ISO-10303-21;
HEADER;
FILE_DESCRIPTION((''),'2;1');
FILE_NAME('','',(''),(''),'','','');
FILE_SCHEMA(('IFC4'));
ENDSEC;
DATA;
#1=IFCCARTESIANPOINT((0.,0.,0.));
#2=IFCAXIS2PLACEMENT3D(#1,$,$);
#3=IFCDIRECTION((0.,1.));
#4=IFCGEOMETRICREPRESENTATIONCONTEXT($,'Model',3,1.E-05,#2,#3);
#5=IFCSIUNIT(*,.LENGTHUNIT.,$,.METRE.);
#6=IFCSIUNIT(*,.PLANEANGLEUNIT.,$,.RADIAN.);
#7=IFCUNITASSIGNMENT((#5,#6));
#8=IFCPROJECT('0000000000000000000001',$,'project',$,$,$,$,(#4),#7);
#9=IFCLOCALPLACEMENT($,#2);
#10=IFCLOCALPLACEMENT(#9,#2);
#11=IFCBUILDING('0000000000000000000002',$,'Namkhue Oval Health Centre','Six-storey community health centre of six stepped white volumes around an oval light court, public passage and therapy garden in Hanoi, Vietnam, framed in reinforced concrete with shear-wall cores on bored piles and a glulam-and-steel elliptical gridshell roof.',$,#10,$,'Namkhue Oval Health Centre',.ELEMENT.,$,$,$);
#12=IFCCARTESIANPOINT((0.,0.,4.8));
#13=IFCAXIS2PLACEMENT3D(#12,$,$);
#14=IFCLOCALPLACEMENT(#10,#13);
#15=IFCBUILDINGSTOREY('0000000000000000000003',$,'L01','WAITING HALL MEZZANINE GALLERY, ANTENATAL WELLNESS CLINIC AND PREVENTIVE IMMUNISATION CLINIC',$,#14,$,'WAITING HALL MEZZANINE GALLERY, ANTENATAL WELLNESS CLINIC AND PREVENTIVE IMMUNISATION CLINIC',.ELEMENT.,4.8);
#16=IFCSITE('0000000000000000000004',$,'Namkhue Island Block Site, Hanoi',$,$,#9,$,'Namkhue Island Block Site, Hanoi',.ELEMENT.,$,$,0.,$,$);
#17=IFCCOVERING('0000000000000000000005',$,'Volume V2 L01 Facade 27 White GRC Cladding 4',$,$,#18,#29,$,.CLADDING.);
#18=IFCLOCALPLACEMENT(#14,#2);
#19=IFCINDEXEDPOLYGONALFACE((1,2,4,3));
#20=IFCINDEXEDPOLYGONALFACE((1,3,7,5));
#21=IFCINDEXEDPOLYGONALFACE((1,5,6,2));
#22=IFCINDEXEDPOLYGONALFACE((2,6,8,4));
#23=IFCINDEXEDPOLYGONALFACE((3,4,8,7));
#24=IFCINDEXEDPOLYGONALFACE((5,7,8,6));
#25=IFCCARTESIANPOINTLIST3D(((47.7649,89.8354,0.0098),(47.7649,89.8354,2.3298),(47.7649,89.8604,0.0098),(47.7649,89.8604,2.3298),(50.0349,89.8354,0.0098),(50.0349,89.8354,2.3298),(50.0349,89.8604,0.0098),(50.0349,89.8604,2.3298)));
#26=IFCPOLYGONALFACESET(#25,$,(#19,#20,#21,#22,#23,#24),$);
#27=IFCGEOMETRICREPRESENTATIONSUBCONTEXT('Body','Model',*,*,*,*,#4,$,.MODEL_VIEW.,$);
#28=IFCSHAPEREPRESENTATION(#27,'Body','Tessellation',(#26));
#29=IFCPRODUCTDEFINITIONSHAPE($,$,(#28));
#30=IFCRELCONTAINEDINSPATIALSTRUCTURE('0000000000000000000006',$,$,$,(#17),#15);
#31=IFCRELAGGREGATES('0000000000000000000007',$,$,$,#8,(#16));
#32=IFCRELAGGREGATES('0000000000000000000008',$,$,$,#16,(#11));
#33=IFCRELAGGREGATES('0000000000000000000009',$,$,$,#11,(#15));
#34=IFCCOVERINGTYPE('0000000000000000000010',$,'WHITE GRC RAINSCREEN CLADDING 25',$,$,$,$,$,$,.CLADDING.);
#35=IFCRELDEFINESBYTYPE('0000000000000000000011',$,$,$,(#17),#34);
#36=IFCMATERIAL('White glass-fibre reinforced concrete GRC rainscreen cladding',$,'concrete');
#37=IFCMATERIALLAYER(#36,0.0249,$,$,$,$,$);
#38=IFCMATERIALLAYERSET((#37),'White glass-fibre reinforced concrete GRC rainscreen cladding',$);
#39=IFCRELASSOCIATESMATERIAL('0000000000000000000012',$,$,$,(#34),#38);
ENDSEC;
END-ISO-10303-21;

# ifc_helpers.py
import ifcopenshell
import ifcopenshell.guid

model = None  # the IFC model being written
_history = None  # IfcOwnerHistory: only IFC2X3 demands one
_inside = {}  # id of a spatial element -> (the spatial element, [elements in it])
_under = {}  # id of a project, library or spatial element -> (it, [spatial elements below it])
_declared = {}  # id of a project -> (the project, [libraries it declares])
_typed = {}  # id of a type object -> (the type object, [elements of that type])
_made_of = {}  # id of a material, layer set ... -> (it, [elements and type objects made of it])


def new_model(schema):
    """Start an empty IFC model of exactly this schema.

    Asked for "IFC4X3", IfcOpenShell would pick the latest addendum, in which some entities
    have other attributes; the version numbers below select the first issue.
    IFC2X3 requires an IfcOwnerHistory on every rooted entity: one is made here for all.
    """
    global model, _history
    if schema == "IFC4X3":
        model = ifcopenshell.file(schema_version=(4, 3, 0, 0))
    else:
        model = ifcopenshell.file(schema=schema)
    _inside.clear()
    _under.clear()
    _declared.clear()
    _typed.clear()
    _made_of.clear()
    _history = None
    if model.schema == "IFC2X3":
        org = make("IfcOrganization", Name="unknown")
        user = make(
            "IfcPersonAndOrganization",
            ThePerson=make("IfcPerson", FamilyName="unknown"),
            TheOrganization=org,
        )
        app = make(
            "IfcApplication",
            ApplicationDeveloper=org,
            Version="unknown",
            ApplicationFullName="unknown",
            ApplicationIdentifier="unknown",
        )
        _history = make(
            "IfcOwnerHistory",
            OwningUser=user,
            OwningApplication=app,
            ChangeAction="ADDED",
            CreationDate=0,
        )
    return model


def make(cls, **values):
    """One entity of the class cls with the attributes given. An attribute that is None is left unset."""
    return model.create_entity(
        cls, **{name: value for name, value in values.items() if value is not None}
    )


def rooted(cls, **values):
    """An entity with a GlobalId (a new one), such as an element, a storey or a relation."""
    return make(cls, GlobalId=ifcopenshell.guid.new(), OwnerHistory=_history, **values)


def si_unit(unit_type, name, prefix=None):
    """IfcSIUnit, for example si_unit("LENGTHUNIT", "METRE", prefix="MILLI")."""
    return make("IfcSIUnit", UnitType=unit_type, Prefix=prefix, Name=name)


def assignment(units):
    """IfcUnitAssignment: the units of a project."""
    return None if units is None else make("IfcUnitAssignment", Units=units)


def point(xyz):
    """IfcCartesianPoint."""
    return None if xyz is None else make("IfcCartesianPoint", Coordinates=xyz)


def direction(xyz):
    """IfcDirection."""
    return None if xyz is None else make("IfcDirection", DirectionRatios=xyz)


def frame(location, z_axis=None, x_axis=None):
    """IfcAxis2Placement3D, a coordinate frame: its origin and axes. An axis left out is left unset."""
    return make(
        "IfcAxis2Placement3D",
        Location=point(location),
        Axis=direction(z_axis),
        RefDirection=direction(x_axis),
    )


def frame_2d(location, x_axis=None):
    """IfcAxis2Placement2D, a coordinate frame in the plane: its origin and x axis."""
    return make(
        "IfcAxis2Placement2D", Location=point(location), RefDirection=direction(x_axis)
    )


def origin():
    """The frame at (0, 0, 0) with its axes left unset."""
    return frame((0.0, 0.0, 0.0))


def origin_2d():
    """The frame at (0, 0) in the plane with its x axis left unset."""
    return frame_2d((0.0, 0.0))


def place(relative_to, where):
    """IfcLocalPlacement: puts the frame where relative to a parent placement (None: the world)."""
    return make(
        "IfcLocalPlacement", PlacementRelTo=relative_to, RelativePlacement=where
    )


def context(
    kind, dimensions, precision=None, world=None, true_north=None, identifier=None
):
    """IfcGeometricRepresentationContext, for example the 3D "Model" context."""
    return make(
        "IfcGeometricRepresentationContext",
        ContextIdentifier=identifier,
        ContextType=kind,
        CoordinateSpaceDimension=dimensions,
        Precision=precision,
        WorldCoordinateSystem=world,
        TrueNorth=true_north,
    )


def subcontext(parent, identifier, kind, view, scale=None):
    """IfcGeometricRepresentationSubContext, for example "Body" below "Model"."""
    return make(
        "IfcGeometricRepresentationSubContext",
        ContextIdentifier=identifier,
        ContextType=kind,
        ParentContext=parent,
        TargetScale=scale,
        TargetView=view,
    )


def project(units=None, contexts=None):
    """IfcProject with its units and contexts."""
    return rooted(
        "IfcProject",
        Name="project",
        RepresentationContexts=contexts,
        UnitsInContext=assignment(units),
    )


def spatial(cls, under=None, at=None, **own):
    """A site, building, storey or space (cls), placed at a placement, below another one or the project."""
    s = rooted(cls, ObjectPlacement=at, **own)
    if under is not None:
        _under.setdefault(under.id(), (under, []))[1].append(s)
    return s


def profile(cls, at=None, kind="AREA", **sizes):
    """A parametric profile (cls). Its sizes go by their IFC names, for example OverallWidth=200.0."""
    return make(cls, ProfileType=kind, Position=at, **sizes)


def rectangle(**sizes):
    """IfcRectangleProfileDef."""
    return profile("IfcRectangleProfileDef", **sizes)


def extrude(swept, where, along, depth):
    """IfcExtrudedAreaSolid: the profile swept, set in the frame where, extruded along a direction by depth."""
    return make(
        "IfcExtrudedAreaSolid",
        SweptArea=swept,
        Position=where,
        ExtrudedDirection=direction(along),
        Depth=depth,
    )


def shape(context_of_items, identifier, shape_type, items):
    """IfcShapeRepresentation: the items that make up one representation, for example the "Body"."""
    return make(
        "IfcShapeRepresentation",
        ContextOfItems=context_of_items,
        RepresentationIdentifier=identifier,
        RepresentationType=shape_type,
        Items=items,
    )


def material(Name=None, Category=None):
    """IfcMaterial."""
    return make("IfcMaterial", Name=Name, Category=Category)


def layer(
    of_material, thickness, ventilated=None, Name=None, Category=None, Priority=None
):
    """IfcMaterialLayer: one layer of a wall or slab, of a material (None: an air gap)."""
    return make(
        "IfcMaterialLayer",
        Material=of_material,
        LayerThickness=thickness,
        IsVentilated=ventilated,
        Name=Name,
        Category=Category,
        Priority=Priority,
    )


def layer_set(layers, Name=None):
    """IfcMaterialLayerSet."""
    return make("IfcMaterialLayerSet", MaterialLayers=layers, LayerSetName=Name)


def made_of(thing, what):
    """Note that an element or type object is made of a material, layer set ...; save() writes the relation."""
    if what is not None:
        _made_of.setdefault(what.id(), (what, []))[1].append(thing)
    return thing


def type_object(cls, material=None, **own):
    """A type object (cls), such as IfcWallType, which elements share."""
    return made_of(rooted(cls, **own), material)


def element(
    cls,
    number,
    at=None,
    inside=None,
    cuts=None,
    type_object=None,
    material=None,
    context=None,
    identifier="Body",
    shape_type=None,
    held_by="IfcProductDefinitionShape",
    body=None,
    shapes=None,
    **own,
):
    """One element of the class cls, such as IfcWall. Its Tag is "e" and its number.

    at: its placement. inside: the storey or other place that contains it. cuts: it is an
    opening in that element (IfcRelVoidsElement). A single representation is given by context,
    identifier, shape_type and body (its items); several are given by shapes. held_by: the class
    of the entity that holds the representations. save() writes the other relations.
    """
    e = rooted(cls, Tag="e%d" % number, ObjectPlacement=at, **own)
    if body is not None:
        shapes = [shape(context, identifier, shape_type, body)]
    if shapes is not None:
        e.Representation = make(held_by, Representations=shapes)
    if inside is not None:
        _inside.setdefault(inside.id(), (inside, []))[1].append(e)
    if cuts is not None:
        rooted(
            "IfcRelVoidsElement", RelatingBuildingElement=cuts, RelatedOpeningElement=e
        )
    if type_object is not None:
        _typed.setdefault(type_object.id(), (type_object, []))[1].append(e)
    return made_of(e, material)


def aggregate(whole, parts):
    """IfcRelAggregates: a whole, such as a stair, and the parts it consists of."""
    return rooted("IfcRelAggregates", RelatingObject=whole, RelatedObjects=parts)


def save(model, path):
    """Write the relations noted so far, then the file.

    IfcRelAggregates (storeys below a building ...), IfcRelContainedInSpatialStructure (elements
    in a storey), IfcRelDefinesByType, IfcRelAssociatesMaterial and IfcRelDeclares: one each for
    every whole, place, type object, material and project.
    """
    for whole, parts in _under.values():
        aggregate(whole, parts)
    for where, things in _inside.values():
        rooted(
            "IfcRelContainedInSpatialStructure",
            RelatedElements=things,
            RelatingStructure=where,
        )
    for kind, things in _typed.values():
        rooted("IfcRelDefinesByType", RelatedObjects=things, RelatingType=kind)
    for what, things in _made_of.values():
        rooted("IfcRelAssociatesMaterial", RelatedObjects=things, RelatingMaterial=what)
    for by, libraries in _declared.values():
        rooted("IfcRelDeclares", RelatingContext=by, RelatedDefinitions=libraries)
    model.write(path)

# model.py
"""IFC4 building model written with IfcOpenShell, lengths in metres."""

from ifc_helpers import new_model, si_unit, direction, frame, origin, origin_2d, place, context, subcontext, project, spatial, rectangle, extrude, material, layer, layer_set, type_object, element, save


model = new_model("IFC4")

# Units and contexts
model_context = context("Model", 3, precision=1e-05, world=origin(), true_north=direction((0.0, 1.0)))
body_context = subcontext(model_context, "Body", "Model", "MODEL_VIEW")
ifc_project = project(units=[si_unit("LENGTHUNIT", "METRE"), si_unit("PLANEANGLEUNIT", "RADIAN")], contexts=[model_context])

# Site, building, storey
site_placement = place(None, origin())
site = spatial("IfcSite", under=ifc_project, at=site_placement, Name="Namkhue Island Block Site, Hanoi", LongName="Namkhue Island Block Site, Hanoi", CompositionType="ELEMENT", RefElevation=0.0)
building_placement = place(site_placement, origin())
building = spatial("IfcBuilding", under=site, at=building_placement, Name="Namkhue Oval Health Centre", Description="Six-storey community health centre of six stepped white volumes around an oval light court, public passage and therapy garden in Hanoi, Vietnam, framed in reinforced concrete with shear-wall cores on bored piles and a glulam-and-steel elliptical gridshell roof.", LongName="Namkhue Oval Health Centre", CompositionType="ELEMENT")
storey_placement = place(building_placement, frame((0.0, 0.0, 4.8)))
storey = spatial("IfcBuildingStorey", under=building, at=storey_placement, Name="L01", Description="WAITING HALL MEZZANINE GALLERY, ANTENATAL WELLNESS CLINIC AND PREVENTIVE IMMUNISATION CLINIC", LongName="WAITING HALL MEZZANINE GALLERY, ANTENATAL WELLNESS CLINIC AND PREVENTIVE IMMUNISATION CLINIC", CompositionType="ELEMENT", Elevation=4.8)

# Covering
ifc_material_1 = material(Name="White glass-fibre reinforced concrete GRC rainscreen cladding", Category="concrete")
ifc_layer_1 = layer(ifc_material_1, 0.0249)
ifc_layer_set_1 = layer_set([ifc_layer_1], Name="White glass-fibre reinforced concrete GRC rainscreen cladding")
covering_type = type_object("IfcCoveringType", Name="WHITE GRC RAINSCREEN CLADDING 25", PredefinedType="CLADDING", material=ifc_layer_set_1)
covering_1_placement = place(storey_placement, frame((48.8999, 89.8479, 0.0098), z_axis=(0.0, 0.0, 1.0), x_axis=(1.0, 0.0, 0.0)))
element("IfcCovering", 1, at=covering_1_placement, inside=storey, type_object=covering_type, Name="Volume V2 L01 Facade 27 White GRC Cladding 4", PredefinedType="CLADDING", context=body_context, shape_type="SweptSolid", body=[
    extrude(rectangle(XDim=2.27, YDim=0.0249, at=origin_2d()), origin(), (0.0, 0.0, 1.0), 2.3201),
])

save(model, "model.ifc")
